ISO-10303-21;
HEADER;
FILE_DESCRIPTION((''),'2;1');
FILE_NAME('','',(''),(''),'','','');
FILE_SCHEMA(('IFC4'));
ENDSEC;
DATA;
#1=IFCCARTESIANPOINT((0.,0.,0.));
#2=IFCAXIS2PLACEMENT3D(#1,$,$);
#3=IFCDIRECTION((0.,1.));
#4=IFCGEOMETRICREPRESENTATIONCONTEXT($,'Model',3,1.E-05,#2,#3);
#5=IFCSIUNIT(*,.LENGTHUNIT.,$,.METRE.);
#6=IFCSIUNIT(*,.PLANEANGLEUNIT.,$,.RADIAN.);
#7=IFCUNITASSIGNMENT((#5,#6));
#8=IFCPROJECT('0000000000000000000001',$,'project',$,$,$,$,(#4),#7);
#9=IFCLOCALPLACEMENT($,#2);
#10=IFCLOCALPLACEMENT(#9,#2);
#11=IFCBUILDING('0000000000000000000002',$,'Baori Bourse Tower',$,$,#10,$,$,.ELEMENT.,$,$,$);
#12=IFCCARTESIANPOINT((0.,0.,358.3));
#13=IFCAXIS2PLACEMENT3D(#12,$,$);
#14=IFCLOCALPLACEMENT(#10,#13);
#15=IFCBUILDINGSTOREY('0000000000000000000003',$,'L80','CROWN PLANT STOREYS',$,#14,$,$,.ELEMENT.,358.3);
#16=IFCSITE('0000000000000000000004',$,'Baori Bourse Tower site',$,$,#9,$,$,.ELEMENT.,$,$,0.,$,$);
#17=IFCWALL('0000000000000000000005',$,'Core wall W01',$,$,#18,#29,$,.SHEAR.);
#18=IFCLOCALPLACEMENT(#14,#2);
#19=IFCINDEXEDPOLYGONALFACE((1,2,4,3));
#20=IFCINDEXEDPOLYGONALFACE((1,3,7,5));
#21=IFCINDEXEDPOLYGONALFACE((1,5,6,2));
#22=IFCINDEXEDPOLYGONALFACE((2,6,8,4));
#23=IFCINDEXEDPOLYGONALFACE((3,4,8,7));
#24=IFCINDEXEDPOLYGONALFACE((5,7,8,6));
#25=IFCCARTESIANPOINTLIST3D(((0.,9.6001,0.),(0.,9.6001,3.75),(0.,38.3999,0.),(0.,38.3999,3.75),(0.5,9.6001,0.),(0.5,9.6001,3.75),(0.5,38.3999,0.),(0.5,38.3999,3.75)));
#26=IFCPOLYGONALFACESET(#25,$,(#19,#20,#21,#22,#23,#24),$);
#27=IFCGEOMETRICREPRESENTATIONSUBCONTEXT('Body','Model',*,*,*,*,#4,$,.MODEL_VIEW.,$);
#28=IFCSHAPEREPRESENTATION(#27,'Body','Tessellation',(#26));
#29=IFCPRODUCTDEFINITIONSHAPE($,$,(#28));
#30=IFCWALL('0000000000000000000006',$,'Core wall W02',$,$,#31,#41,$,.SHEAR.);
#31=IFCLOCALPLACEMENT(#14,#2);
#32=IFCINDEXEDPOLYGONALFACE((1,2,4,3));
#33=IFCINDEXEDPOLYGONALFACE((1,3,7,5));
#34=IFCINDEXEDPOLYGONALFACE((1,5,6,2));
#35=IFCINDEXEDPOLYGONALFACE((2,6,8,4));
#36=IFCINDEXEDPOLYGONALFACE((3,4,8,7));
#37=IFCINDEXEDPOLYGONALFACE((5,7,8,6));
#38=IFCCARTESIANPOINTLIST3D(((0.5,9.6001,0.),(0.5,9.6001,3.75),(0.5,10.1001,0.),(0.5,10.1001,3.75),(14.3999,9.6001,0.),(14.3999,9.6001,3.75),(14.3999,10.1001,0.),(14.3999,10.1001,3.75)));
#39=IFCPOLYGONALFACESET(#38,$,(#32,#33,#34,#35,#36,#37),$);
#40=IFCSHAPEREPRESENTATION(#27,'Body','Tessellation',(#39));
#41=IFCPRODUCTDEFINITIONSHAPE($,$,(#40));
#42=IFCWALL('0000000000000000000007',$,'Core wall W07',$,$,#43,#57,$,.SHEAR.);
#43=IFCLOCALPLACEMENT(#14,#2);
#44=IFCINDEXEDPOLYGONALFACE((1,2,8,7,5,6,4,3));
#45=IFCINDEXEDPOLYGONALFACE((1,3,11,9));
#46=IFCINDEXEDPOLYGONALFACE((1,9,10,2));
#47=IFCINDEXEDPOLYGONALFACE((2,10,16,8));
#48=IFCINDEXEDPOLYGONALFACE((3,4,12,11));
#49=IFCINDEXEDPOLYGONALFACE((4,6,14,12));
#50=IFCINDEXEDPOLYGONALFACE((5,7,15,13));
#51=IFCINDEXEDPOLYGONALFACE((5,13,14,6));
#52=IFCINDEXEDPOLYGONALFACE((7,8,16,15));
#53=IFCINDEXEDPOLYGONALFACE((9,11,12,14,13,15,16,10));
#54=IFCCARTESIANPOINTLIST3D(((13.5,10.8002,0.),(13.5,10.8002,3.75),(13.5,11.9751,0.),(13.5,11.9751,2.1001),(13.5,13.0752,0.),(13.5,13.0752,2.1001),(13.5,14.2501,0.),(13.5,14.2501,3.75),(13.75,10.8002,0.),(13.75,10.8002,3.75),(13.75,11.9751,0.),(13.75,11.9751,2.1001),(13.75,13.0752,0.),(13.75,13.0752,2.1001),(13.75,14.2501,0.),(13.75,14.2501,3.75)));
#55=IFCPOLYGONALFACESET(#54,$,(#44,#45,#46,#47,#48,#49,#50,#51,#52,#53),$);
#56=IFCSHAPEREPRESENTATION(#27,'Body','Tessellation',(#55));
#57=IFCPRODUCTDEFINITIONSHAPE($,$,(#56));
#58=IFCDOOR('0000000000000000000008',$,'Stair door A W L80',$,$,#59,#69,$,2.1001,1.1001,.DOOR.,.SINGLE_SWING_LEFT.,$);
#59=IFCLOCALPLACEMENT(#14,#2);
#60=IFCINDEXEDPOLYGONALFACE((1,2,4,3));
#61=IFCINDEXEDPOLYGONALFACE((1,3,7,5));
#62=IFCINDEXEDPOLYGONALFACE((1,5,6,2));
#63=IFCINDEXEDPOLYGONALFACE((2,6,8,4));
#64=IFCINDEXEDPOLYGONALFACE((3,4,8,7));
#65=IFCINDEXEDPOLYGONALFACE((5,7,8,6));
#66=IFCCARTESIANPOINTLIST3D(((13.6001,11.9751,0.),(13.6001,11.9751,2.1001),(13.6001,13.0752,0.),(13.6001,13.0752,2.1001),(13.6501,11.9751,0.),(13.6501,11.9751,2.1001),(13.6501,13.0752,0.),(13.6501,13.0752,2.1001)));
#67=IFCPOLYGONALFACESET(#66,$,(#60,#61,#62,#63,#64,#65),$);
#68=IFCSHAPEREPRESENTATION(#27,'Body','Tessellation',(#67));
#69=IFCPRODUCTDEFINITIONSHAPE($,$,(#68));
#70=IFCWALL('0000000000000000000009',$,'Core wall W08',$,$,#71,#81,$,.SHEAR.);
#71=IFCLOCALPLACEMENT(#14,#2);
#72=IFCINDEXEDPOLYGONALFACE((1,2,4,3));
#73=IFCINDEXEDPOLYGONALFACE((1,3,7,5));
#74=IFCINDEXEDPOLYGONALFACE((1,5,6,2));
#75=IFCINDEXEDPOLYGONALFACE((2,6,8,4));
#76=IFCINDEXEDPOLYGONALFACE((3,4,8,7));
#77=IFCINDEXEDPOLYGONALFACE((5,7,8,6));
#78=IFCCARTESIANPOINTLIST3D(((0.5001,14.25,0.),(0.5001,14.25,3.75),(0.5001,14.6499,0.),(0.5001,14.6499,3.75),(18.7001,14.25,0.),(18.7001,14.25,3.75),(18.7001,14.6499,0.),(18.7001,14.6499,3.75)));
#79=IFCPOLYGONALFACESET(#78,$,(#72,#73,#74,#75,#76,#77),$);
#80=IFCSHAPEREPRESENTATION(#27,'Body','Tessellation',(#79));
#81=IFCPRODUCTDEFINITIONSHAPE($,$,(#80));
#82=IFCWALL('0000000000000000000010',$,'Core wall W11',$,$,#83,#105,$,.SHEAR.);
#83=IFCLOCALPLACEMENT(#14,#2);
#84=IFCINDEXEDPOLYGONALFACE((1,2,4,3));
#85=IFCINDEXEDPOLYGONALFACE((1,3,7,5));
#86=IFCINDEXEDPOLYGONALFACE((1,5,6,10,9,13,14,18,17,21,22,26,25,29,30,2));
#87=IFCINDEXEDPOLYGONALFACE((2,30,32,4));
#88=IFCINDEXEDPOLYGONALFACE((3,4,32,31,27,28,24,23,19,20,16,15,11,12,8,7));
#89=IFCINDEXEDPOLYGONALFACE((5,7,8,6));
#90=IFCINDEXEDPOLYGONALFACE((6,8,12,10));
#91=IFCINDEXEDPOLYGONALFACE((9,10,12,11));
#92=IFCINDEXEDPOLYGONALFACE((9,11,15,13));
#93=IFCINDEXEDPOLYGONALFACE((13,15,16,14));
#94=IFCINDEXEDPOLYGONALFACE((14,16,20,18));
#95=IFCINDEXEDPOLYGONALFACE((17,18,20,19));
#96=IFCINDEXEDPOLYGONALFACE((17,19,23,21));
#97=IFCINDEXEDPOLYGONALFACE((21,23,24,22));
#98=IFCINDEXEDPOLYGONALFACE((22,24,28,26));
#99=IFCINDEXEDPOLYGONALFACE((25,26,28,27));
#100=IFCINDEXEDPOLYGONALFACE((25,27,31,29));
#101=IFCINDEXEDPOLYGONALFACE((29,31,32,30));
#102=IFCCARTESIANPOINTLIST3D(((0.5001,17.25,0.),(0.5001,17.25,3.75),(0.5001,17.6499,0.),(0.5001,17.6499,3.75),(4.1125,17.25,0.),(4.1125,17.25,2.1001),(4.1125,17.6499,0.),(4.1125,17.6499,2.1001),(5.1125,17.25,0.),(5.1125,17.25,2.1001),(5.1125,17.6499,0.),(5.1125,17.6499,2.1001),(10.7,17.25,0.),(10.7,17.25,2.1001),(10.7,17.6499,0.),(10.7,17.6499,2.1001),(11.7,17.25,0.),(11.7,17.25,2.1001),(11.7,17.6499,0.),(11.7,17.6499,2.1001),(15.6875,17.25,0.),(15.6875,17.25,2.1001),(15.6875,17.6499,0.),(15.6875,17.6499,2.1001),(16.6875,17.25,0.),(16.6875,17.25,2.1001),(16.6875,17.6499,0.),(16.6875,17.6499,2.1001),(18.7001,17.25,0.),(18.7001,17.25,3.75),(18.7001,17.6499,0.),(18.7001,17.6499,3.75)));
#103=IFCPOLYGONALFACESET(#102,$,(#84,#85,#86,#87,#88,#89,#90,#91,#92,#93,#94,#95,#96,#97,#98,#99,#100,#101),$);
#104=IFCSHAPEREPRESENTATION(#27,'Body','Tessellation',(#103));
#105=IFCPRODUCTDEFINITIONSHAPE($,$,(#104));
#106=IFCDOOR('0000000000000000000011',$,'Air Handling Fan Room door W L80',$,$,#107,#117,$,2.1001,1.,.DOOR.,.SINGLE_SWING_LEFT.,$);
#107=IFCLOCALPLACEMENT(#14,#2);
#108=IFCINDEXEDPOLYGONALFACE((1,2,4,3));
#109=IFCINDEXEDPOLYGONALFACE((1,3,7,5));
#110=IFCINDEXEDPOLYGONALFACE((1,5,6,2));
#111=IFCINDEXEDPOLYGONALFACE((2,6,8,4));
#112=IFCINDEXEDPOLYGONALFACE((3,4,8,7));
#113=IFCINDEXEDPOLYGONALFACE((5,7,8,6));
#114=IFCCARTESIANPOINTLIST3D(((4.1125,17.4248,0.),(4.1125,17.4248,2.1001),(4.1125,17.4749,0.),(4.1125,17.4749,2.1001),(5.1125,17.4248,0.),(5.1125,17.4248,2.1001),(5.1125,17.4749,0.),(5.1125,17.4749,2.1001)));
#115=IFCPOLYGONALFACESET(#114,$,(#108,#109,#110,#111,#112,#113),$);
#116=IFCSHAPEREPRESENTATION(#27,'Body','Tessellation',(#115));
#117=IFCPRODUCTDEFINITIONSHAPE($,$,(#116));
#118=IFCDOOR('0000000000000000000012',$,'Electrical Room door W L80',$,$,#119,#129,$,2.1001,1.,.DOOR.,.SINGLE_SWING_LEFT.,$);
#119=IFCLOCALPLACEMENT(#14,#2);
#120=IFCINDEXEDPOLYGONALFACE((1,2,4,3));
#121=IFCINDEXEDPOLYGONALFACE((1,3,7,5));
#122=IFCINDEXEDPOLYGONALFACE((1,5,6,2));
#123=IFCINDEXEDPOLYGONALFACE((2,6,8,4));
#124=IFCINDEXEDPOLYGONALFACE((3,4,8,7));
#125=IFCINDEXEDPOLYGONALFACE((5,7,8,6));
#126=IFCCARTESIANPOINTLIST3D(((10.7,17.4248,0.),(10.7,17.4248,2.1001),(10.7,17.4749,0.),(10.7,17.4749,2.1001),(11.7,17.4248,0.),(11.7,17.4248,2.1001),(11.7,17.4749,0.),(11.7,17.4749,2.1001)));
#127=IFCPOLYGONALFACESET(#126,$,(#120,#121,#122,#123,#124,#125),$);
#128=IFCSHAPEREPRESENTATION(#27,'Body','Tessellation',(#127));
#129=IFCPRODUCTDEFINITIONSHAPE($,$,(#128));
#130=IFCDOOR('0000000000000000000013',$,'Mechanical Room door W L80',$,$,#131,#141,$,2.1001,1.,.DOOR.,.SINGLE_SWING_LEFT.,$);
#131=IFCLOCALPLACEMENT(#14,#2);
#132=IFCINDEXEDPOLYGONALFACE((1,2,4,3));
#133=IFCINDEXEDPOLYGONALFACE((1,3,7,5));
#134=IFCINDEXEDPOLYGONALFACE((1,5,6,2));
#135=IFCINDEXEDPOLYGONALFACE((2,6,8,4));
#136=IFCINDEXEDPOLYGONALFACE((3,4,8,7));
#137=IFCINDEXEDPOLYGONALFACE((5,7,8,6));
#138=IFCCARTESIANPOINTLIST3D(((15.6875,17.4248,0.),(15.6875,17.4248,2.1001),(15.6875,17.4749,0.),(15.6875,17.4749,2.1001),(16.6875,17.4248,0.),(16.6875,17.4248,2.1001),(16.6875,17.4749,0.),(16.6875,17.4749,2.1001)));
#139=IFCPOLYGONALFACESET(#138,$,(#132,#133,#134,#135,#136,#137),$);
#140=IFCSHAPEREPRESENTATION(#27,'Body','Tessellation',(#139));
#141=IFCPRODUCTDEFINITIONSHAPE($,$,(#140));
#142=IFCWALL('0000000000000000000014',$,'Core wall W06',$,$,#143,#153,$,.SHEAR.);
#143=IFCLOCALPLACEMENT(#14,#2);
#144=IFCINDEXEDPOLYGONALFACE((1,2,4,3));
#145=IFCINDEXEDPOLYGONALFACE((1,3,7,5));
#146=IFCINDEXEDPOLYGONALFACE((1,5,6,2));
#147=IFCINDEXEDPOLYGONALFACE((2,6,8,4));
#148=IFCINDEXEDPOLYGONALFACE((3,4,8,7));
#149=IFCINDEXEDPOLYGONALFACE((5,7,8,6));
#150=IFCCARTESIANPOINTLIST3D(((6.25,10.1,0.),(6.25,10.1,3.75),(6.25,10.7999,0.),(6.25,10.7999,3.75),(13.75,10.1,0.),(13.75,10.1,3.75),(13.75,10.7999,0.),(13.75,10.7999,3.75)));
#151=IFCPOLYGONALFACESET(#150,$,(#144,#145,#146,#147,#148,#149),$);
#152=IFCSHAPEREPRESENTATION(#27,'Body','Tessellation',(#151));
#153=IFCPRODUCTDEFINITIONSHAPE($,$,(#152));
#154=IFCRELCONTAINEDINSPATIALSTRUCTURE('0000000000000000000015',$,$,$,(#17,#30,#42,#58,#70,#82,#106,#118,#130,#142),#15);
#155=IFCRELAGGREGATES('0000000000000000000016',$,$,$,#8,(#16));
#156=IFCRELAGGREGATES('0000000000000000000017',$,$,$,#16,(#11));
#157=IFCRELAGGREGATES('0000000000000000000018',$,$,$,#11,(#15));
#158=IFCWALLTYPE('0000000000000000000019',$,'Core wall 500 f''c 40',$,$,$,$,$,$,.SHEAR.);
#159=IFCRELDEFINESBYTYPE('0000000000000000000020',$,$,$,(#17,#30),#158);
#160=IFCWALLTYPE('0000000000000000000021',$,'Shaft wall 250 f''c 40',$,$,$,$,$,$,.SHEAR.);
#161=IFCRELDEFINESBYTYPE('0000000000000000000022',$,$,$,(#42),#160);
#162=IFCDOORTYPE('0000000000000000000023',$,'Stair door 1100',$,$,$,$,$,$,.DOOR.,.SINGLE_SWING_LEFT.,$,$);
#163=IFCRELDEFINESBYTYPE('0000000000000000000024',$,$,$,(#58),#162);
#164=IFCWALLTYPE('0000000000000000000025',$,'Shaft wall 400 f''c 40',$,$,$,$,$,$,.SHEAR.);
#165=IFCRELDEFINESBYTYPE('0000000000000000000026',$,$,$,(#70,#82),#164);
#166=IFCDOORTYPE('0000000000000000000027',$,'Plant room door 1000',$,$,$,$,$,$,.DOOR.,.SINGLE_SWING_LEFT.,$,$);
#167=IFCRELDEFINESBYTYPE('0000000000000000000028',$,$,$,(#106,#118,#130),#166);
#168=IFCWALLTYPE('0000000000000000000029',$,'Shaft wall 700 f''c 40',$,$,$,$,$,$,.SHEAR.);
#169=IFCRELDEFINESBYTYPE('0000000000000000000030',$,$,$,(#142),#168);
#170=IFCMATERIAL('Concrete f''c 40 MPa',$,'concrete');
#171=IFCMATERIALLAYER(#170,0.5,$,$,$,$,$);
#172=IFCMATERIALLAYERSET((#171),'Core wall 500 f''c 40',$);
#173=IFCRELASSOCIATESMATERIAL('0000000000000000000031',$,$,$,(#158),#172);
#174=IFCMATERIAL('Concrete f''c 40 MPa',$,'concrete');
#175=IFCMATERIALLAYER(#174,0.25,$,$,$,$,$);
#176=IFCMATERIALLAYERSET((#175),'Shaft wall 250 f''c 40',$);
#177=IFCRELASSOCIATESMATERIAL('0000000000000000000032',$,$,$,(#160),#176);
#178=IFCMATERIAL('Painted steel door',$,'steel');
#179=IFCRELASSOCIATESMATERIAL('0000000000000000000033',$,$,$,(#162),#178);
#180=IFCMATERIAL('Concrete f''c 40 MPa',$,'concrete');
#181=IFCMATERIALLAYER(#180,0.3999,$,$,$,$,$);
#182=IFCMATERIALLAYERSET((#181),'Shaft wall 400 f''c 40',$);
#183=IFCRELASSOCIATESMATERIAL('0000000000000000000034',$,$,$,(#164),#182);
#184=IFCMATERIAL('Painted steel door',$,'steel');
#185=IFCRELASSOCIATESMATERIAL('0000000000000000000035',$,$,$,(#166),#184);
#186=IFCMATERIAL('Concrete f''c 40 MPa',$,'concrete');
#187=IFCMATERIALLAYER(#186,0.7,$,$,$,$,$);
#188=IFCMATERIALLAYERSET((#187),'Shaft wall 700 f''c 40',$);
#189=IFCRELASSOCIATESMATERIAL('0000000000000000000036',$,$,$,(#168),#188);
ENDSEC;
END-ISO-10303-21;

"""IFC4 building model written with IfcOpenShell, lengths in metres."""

from ifc_helpers import new_model, si_unit, direction, frame, frame_2d, origin, place, context, subcontext, project, spatial, rectangle, extrude, material, layer, layer_set, type_object, element, fill, save


model = new_model("IFC4")

# Units and contexts
model_context = context("Model", 3, precision=1e-05, world=origin(), true_north=direction((0.0, 1.0)))
body_context = subcontext(model_context, "Body", "Model", "MODEL_VIEW")
ifc_project = project(units=[si_unit("LENGTHUNIT", "METRE"), si_unit("PLANEANGLEUNIT", "RADIAN")], contexts=[model_context])

# Site, building, storey
site_placement = place(None, origin())
site = spatial("IfcSite", under=ifc_project, at=site_placement, Name="Baori Bourse Tower site", CompositionType="ELEMENT", RefElevation=0.0)
building_placement = place(site_placement, origin())
building = spatial("IfcBuilding", under=site, at=building_placement, Name="Baori Bourse Tower", CompositionType="ELEMENT")
storey_placement = place(building_placement, frame((0.0, 0.0, 358.3)))
storey = spatial("IfcBuildingStorey", under=building, at=storey_placement, Name="L80", Description="CROWN PLANT STOREYS", CompositionType="ELEMENT", Elevation=358.3)

# Walls
ifc_material_1 = material(Name="Concrete f'c 40 MPa", Category="concrete")
ifc_layer_1 = layer(ifc_material_1, 0.5)
ifc_layer_set_1 = layer_set([ifc_layer_1], Name="Core wall 500 f'c 40")
wall_type_1 = type_object("IfcWallType", Name="Core wall 500 f'c 40", PredefinedType="SHEAR", material=ifc_layer_set_1)
wall_1_placement = place(storey_placement, frame((0.25, 9.6001, 0.0), z_axis=(0.0, 0.0, 1.0), x_axis=(0.0, 1.0, 0.0)))
element("IfcWall", 1, at=wall_1_placement, inside=storey, type_object=wall_type_1, Name="Core wall W01", PredefinedType="SHEAR", context=body_context, shape_type="SweptSolid", body=[
    extrude(rectangle(XDim=28.7998, YDim=0.5, at=frame_2d((14.3999, 0.0))), origin(), (0.0, 0.0, 1.0), 3.75),
])
wall_2_placement = place(storey_placement, frame((14.3999, 9.8501, 0.0), z_axis=(0.0, 0.0, 1.0), x_axis=(-1.0, 0.0, 0.0)))
element("IfcWall", 2, at=wall_2_placement, inside=storey, type_object=wall_type_1, Name="Core wall W02", PredefinedType="SHEAR", context=body_context, shape_type="SweptSolid", body=[
    extrude(rectangle(XDim=13.8999, YDim=0.5, at=frame_2d((6.95, 0.0))), origin(), (0.0, 0.0, 1.0), 3.75),
])

# Wall, opening, door
ifc_material_2 = material(Name="Concrete f'c 40 MPa", Category="concrete")
ifc_layer_2 = layer(ifc_material_2, 0.25)
ifc_layer_set_2 = layer_set([ifc_layer_2], Name="Shaft wall 250 f'c 40")
wall_type_2 = type_object("IfcWallType", Name="Shaft wall 250 f'c 40", PredefinedType="SHEAR", material=ifc_layer_set_2)
wall_3_placement = place(storey_placement, frame((13.625, 10.8, 0.0), z_axis=(0.0, 0.0, 1.0), x_axis=(0.0, 1.0, 0.0)))
wall_3 = element("IfcWall", 3, at=wall_3_placement, inside=storey, type_object=wall_type_2, Name="Core wall W07", PredefinedType="SHEAR", context=body_context, shape_type="SweptSolid", body=[
    extrude(rectangle(XDim=3.45, YDim=0.25, at=frame_2d((1.7251, 0.0))), origin(), (0.0, 0.0, 1.0), 3.75),
])
opening_1_placement = place(wall_3_placement, frame((1.175, 0.0, 0.0)))
opening_1 = element("IfcOpeningElement", 4, at=opening_1_placement, cuts=wall_3, PredefinedType="OPENING", context=body_context, shape_type="SweptSolid", body=[
    extrude(rectangle(XDim=1.1001, YDim=2.1001, at=frame_2d((0.55, 1.05))), frame((0.0, 0.135, 0.0), z_axis=(0.0, -1.0, 0.0), x_axis=(1.0, 0.0, 0.0)), (0.0, 0.0, 1.0), 0.27),
])
ifc_material_3 = material(Name="Painted steel door", Category="steel")
door_type_1 = type_object("IfcDoorType", Name="Stair door 1100", OperationType="SINGLE_SWING_LEFT", PredefinedType="DOOR", material=ifc_material_3)
door_1_placement = place(opening_1_placement, origin())
door_1 = element("IfcDoor", 5, at=door_1_placement, inside=storey, type_object=door_type_1, Name="Stair door A W L80", OperationType="SINGLE_SWING_LEFT", OverallHeight=2.1001, OverallWidth=1.1001, PredefinedType="DOOR", context=body_context, shape_type="SweptSolid", body=[
    extrude(rectangle(XDim=1.1001, YDim=2.1001, at=frame_2d((0.55, 1.05))), frame((0.0, 0.0249, 0.0), z_axis=(0.0, -1.0, 0.0), x_axis=(1.0, 0.0, 0.0)), (0.0, 0.0, 1.0), 0.05),
])
fill(opening_1, door_1)

# Wall
ifc_material_4 = material(Name="Concrete f'c 40 MPa", Category="concrete")
ifc_layer_3 = layer(ifc_material_4, 0.3999)
ifc_layer_set_3 = layer_set([ifc_layer_3], Name="Shaft wall 400 f'c 40")
wall_type_3 = type_object("IfcWallType", Name="Shaft wall 400 f'c 40", PredefinedType="SHEAR", material=ifc_layer_set_3)
wall_4_placement = place(storey_placement, frame((0.5, 14.45, 0.0), z_axis=(0.0, 0.0, 1.0), x_axis=(1.0, 0.0, 0.0)))
element("IfcWall", 6, at=wall_4_placement, inside=storey, type_object=wall_type_3, Name="Core wall W08", PredefinedType="SHEAR", context=body_context, shape_type="SweptSolid", body=[
    extrude(rectangle(XDim=18.2, YDim=0.3999, at=frame_2d((9.1001, 0.0))), origin(), (0.0, 0.0, 1.0), 3.75),
])

# Wall, openings, doors
wall_5_placement = place(storey_placement, frame((0.5, 17.45, 0.0), z_axis=(0.0, 0.0, 1.0), x_axis=(1.0, 0.0, 0.0)))
wall_5 = element("IfcWall", 7, at=wall_5_placement, inside=storey, type_object=wall_type_3, Name="Core wall W11", PredefinedType="SHEAR", context=body_context, shape_type="SweptSolid", body=[
    extrude(rectangle(XDim=18.2, YDim=0.3999, at=frame_2d((9.1001, 0.0))), origin(), (0.0, 0.0, 1.0), 3.75),
])
opening_2_placement = place(wall_5_placement, frame((3.6125, 0.0, 0.0)))
opening_2 = element("IfcOpeningElement", 8, at=opening_2_placement, cuts=wall_5, PredefinedType="OPENING", context=body_context, shape_type="SweptSolid", body=[
    extrude(rectangle(XDim=1.0, YDim=2.1001, at=frame_2d((0.5, 1.05))), frame((0.0, 0.21, 0.0), z_axis=(0.0, -1.0, 0.0), x_axis=(1.0, 0.0, 0.0)), (0.0, 0.0, 1.0), 0.4199),
])
opening_3_placement = place(wall_5_placement, frame((10.2, 0.0, 0.0)))
opening_3 = element("IfcOpeningElement", 9, at=opening_3_placement, cuts=wall_5, PredefinedType="OPENING", context=body_context, shape_type="SweptSolid", body=[
    extrude(rectangle(XDim=1.0, YDim=2.1001, at=frame_2d((0.5, 1.05))), frame((0.0, 0.21, 0.0), z_axis=(0.0, -1.0, 0.0), x_axis=(1.0, 0.0, 0.0)), (0.0, 0.0, 1.0), 0.4199),
])
opening_4_placement = place(wall_5_placement, frame((15.1875, 0.0, 0.0)))
opening_4 = element("IfcOpeningElement", 10, at=opening_4_placement, cuts=wall_5, PredefinedType="OPENING", context=body_context, shape_type="SweptSolid", body=[
    extrude(rectangle(XDim=1.0, YDim=2.1001, at=frame_2d((0.5, 1.05))), frame((0.0, 0.21, 0.0), z_axis=(0.0, -1.0, 0.0), x_axis=(1.0, 0.0, 0.0)), (0.0, 0.0, 1.0), 0.4199),
])
ifc_material_5 = material(Name="Painted steel door", Category="steel")
door_type_2 = type_object("IfcDoorType", Name="Plant room door 1000", OperationType="SINGLE_SWING_LEFT", PredefinedType="DOOR", material=ifc_material_5)
door_2_placement = place(opening_2_placement, origin())
door_2 = element("IfcDoor", 11, at=door_2_placement, inside=storey, type_object=door_type_2, Name="Air Handling Fan Room door W L80", OperationType="SINGLE_SWING_LEFT", OverallHeight=2.1001, OverallWidth=1.0, PredefinedType="DOOR", context=body_context, shape_type="SweptSolid", body=[
    extrude(rectangle(XDim=1.0, YDim=2.1001, at=frame_2d((0.5, 1.05))), frame((0.0, 0.0249, 0.0), z_axis=(0.0, -1.0, 0.0), x_axis=(1.0, 0.0, 0.0)), (0.0, 0.0, 1.0), 0.05),
])
fill(opening_2, door_2)
door_3_placement = place(opening_3_placement, origin())
door_3 = element("IfcDoor", 12, at=door_3_placement, inside=storey, type_object=door_type_2, Name="Electrical Room door W L80", OperationType="SINGLE_SWING_LEFT", OverallHeight=2.1001, OverallWidth=1.0, PredefinedType="DOOR", context=body_context, shape_type="SweptSolid", body=[
    extrude(rectangle(XDim=1.0, YDim=2.1001, at=frame_2d((0.5, 1.05))), frame((0.0, 0.0249, 0.0), z_axis=(0.0, -1.0, 0.0), x_axis=(1.0, 0.0, 0.0)), (0.0, 0.0, 1.0), 0.05),
])
fill(opening_3, door_3)
door_4_placement = place(opening_4_placement, origin())
door_4 = element("IfcDoor", 13, at=door_4_placement, inside=storey, type_object=door_type_2, Name="Mechanical Room door W L80", OperationType="SINGLE_SWING_LEFT", OverallHeight=2.1001, OverallWidth=1.0, PredefinedType="DOOR", context=body_context, shape_type="SweptSolid", body=[
    extrude(rectangle(XDim=1.0, YDim=2.1001, at=frame_2d((0.5, 1.05))), frame((0.0, 0.0249, 0.0), z_axis=(0.0, -1.0, 0.0), x_axis=(1.0, 0.0, 0.0)), (0.0, 0.0, 1.0), 0.05),
])
fill(opening_4, door_4)

# Wall
ifc_material_6 = material(Name="Concrete f'c 40 MPa", Category="concrete")
ifc_layer_4 = layer(ifc_material_6, 0.7)
ifc_layer_set_4 = layer_set([ifc_layer_4], Name="Shaft wall 700 f'c 40")
wall_type_4 = type_object("IfcWallType", Name="Shaft wall 700 f'c 40", PredefinedType="SHEAR", material=ifc_layer_set_4)
wall_6_placement = place(storey_placement, frame((6.25, 10.45, 0.0), z_axis=(0.0, 0.0, 1.0), x_axis=(1.0, 0.0, 0.0)))
element("IfcWall", 14, at=wall_6_placement, inside=storey, type_object=wall_type_4, Name="Core wall W06", PredefinedType="SHEAR", context=body_context, shape_type="SweptSolid", body=[
    extrude(rectangle(XDim=7.5, YDim=0.7, at=frame_2d((3.75, 0.0))), origin(), (0.0, 0.0, 1.0), 3.75),
])

save(model, "model.ifc")
